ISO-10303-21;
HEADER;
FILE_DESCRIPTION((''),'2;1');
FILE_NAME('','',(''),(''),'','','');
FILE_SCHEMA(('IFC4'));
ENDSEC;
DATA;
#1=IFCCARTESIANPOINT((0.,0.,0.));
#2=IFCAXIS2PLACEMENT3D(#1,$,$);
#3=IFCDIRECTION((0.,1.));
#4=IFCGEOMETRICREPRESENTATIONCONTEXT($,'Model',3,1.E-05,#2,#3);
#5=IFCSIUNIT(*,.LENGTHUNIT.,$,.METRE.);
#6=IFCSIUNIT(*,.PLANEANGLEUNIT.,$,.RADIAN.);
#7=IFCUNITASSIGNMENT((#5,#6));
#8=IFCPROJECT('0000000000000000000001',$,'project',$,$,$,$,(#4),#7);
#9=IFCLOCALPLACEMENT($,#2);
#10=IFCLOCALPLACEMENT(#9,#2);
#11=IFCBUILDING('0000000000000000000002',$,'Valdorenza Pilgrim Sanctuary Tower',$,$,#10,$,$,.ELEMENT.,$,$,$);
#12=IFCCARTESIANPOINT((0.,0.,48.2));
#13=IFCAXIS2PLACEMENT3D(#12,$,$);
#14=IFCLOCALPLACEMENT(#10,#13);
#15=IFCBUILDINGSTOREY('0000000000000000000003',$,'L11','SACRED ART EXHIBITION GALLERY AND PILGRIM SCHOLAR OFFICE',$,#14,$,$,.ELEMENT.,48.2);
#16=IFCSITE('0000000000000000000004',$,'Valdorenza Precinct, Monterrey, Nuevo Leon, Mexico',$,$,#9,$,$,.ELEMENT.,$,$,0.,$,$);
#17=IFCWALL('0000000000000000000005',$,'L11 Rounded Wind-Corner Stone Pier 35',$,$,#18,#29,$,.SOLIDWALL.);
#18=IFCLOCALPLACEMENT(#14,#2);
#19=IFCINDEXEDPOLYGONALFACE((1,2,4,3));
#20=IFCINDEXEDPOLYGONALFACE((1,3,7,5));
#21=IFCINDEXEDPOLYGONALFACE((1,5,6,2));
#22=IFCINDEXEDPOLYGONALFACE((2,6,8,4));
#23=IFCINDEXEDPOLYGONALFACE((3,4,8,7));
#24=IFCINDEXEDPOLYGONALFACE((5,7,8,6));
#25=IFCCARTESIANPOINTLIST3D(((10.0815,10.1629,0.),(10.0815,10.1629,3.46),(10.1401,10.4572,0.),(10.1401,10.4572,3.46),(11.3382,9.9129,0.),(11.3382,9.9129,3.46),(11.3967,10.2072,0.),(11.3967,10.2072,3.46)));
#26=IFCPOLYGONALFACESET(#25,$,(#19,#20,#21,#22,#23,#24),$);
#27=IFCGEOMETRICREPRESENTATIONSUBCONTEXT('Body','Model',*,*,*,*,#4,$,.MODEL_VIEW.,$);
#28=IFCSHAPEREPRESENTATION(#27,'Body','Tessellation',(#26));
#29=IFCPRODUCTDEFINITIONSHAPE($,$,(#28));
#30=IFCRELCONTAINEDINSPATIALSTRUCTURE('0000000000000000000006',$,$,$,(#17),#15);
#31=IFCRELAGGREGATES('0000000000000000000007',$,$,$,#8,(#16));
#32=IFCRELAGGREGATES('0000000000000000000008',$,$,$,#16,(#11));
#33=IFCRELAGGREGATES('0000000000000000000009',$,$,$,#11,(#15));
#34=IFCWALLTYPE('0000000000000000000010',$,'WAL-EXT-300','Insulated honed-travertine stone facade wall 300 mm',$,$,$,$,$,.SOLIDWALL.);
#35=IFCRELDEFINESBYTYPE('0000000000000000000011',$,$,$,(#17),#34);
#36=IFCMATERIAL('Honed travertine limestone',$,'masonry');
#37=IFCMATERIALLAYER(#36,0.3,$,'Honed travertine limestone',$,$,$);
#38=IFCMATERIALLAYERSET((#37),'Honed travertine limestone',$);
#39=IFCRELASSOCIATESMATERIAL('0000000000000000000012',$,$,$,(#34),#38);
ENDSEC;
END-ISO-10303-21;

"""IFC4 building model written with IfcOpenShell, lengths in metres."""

from ifc_helpers import new_model, si_unit, direction, frame, frame_2d, origin, place, context, subcontext, project, spatial, rectangle, extrude, material, layer, layer_set, type_object, element, save


model = new_model("IFC4")

# Units and contexts
model_context = context("Model", 3, precision=1e-05, world=origin(), true_north=direction((0.0, 1.0)))
body_context = subcontext(model_context, "Body", "Model", "MODEL_VIEW")
ifc_project = project(units=[si_unit("LENGTHUNIT", "METRE"), si_unit("PLANEANGLEUNIT", "RADIAN")], contexts=[model_context])

# Site, building, storey
site_placement = place(None, origin())
site = spatial("IfcSite", under=ifc_project, at=site_placement, Name="Valdorenza Precinct, Monterrey, Nuevo Leon, Mexico", CompositionType="ELEMENT", RefElevation=0.0)
building_placement = place(site_placement, origin())
building = spatial("IfcBuilding", under=site, at=building_placement, Name="Valdorenza Pilgrim Sanctuary Tower", CompositionType="ELEMENT")
storey_placement = place(building_placement, frame((0.0, 0.0, 48.2)))
storey = spatial("IfcBuildingStorey", under=building, at=storey_placement, Name="L11", Description="SACRED ART EXHIBITION GALLERY AND PILGRIM SCHOLAR OFFICE", CompositionType="ELEMENT", Elevation=48.2)

# Shared definitions
ifc_material_1 = material(Name="Honed travertine limestone", Category="masonry")

# Shared definitions
ifc_layer_1 = layer(ifc_material_1, 0.3, Name="Honed travertine limestone")
ifc_layer_set_1 = layer_set([ifc_layer_1], Name="Honed travertine limestone")
wall_type_1 = type_object("IfcWallType", Name="WAL-EXT-300", Description="Insulated honed-travertine stone facade wall 300 mm", PredefinedType="SOLIDWALL", material=ifc_layer_set_1)

# Wall
wall_1_placement = place(storey_placement, frame((11.3674, 10.0601, 0.0), z_axis=(0.0, 0.0, 1.0), x_axis=(-0.980778, 0.195127, 0.0)))
element("IfcWall", 1, at=wall_1_placement, inside=storey, type_object=wall_type_1, Name="L11 Rounded Wind-Corner Stone Pier 35", PredefinedType="SOLIDWALL", context=body_context, shape_type="SweptSolid", body=[
    extrude(rectangle(XDim=1.2812, YDim=0.3, at=frame_2d((0.6406, 0.0))), origin(), (0.0, 0.0, 1.0), 3.46),
])

save(model, "model.ifc")
